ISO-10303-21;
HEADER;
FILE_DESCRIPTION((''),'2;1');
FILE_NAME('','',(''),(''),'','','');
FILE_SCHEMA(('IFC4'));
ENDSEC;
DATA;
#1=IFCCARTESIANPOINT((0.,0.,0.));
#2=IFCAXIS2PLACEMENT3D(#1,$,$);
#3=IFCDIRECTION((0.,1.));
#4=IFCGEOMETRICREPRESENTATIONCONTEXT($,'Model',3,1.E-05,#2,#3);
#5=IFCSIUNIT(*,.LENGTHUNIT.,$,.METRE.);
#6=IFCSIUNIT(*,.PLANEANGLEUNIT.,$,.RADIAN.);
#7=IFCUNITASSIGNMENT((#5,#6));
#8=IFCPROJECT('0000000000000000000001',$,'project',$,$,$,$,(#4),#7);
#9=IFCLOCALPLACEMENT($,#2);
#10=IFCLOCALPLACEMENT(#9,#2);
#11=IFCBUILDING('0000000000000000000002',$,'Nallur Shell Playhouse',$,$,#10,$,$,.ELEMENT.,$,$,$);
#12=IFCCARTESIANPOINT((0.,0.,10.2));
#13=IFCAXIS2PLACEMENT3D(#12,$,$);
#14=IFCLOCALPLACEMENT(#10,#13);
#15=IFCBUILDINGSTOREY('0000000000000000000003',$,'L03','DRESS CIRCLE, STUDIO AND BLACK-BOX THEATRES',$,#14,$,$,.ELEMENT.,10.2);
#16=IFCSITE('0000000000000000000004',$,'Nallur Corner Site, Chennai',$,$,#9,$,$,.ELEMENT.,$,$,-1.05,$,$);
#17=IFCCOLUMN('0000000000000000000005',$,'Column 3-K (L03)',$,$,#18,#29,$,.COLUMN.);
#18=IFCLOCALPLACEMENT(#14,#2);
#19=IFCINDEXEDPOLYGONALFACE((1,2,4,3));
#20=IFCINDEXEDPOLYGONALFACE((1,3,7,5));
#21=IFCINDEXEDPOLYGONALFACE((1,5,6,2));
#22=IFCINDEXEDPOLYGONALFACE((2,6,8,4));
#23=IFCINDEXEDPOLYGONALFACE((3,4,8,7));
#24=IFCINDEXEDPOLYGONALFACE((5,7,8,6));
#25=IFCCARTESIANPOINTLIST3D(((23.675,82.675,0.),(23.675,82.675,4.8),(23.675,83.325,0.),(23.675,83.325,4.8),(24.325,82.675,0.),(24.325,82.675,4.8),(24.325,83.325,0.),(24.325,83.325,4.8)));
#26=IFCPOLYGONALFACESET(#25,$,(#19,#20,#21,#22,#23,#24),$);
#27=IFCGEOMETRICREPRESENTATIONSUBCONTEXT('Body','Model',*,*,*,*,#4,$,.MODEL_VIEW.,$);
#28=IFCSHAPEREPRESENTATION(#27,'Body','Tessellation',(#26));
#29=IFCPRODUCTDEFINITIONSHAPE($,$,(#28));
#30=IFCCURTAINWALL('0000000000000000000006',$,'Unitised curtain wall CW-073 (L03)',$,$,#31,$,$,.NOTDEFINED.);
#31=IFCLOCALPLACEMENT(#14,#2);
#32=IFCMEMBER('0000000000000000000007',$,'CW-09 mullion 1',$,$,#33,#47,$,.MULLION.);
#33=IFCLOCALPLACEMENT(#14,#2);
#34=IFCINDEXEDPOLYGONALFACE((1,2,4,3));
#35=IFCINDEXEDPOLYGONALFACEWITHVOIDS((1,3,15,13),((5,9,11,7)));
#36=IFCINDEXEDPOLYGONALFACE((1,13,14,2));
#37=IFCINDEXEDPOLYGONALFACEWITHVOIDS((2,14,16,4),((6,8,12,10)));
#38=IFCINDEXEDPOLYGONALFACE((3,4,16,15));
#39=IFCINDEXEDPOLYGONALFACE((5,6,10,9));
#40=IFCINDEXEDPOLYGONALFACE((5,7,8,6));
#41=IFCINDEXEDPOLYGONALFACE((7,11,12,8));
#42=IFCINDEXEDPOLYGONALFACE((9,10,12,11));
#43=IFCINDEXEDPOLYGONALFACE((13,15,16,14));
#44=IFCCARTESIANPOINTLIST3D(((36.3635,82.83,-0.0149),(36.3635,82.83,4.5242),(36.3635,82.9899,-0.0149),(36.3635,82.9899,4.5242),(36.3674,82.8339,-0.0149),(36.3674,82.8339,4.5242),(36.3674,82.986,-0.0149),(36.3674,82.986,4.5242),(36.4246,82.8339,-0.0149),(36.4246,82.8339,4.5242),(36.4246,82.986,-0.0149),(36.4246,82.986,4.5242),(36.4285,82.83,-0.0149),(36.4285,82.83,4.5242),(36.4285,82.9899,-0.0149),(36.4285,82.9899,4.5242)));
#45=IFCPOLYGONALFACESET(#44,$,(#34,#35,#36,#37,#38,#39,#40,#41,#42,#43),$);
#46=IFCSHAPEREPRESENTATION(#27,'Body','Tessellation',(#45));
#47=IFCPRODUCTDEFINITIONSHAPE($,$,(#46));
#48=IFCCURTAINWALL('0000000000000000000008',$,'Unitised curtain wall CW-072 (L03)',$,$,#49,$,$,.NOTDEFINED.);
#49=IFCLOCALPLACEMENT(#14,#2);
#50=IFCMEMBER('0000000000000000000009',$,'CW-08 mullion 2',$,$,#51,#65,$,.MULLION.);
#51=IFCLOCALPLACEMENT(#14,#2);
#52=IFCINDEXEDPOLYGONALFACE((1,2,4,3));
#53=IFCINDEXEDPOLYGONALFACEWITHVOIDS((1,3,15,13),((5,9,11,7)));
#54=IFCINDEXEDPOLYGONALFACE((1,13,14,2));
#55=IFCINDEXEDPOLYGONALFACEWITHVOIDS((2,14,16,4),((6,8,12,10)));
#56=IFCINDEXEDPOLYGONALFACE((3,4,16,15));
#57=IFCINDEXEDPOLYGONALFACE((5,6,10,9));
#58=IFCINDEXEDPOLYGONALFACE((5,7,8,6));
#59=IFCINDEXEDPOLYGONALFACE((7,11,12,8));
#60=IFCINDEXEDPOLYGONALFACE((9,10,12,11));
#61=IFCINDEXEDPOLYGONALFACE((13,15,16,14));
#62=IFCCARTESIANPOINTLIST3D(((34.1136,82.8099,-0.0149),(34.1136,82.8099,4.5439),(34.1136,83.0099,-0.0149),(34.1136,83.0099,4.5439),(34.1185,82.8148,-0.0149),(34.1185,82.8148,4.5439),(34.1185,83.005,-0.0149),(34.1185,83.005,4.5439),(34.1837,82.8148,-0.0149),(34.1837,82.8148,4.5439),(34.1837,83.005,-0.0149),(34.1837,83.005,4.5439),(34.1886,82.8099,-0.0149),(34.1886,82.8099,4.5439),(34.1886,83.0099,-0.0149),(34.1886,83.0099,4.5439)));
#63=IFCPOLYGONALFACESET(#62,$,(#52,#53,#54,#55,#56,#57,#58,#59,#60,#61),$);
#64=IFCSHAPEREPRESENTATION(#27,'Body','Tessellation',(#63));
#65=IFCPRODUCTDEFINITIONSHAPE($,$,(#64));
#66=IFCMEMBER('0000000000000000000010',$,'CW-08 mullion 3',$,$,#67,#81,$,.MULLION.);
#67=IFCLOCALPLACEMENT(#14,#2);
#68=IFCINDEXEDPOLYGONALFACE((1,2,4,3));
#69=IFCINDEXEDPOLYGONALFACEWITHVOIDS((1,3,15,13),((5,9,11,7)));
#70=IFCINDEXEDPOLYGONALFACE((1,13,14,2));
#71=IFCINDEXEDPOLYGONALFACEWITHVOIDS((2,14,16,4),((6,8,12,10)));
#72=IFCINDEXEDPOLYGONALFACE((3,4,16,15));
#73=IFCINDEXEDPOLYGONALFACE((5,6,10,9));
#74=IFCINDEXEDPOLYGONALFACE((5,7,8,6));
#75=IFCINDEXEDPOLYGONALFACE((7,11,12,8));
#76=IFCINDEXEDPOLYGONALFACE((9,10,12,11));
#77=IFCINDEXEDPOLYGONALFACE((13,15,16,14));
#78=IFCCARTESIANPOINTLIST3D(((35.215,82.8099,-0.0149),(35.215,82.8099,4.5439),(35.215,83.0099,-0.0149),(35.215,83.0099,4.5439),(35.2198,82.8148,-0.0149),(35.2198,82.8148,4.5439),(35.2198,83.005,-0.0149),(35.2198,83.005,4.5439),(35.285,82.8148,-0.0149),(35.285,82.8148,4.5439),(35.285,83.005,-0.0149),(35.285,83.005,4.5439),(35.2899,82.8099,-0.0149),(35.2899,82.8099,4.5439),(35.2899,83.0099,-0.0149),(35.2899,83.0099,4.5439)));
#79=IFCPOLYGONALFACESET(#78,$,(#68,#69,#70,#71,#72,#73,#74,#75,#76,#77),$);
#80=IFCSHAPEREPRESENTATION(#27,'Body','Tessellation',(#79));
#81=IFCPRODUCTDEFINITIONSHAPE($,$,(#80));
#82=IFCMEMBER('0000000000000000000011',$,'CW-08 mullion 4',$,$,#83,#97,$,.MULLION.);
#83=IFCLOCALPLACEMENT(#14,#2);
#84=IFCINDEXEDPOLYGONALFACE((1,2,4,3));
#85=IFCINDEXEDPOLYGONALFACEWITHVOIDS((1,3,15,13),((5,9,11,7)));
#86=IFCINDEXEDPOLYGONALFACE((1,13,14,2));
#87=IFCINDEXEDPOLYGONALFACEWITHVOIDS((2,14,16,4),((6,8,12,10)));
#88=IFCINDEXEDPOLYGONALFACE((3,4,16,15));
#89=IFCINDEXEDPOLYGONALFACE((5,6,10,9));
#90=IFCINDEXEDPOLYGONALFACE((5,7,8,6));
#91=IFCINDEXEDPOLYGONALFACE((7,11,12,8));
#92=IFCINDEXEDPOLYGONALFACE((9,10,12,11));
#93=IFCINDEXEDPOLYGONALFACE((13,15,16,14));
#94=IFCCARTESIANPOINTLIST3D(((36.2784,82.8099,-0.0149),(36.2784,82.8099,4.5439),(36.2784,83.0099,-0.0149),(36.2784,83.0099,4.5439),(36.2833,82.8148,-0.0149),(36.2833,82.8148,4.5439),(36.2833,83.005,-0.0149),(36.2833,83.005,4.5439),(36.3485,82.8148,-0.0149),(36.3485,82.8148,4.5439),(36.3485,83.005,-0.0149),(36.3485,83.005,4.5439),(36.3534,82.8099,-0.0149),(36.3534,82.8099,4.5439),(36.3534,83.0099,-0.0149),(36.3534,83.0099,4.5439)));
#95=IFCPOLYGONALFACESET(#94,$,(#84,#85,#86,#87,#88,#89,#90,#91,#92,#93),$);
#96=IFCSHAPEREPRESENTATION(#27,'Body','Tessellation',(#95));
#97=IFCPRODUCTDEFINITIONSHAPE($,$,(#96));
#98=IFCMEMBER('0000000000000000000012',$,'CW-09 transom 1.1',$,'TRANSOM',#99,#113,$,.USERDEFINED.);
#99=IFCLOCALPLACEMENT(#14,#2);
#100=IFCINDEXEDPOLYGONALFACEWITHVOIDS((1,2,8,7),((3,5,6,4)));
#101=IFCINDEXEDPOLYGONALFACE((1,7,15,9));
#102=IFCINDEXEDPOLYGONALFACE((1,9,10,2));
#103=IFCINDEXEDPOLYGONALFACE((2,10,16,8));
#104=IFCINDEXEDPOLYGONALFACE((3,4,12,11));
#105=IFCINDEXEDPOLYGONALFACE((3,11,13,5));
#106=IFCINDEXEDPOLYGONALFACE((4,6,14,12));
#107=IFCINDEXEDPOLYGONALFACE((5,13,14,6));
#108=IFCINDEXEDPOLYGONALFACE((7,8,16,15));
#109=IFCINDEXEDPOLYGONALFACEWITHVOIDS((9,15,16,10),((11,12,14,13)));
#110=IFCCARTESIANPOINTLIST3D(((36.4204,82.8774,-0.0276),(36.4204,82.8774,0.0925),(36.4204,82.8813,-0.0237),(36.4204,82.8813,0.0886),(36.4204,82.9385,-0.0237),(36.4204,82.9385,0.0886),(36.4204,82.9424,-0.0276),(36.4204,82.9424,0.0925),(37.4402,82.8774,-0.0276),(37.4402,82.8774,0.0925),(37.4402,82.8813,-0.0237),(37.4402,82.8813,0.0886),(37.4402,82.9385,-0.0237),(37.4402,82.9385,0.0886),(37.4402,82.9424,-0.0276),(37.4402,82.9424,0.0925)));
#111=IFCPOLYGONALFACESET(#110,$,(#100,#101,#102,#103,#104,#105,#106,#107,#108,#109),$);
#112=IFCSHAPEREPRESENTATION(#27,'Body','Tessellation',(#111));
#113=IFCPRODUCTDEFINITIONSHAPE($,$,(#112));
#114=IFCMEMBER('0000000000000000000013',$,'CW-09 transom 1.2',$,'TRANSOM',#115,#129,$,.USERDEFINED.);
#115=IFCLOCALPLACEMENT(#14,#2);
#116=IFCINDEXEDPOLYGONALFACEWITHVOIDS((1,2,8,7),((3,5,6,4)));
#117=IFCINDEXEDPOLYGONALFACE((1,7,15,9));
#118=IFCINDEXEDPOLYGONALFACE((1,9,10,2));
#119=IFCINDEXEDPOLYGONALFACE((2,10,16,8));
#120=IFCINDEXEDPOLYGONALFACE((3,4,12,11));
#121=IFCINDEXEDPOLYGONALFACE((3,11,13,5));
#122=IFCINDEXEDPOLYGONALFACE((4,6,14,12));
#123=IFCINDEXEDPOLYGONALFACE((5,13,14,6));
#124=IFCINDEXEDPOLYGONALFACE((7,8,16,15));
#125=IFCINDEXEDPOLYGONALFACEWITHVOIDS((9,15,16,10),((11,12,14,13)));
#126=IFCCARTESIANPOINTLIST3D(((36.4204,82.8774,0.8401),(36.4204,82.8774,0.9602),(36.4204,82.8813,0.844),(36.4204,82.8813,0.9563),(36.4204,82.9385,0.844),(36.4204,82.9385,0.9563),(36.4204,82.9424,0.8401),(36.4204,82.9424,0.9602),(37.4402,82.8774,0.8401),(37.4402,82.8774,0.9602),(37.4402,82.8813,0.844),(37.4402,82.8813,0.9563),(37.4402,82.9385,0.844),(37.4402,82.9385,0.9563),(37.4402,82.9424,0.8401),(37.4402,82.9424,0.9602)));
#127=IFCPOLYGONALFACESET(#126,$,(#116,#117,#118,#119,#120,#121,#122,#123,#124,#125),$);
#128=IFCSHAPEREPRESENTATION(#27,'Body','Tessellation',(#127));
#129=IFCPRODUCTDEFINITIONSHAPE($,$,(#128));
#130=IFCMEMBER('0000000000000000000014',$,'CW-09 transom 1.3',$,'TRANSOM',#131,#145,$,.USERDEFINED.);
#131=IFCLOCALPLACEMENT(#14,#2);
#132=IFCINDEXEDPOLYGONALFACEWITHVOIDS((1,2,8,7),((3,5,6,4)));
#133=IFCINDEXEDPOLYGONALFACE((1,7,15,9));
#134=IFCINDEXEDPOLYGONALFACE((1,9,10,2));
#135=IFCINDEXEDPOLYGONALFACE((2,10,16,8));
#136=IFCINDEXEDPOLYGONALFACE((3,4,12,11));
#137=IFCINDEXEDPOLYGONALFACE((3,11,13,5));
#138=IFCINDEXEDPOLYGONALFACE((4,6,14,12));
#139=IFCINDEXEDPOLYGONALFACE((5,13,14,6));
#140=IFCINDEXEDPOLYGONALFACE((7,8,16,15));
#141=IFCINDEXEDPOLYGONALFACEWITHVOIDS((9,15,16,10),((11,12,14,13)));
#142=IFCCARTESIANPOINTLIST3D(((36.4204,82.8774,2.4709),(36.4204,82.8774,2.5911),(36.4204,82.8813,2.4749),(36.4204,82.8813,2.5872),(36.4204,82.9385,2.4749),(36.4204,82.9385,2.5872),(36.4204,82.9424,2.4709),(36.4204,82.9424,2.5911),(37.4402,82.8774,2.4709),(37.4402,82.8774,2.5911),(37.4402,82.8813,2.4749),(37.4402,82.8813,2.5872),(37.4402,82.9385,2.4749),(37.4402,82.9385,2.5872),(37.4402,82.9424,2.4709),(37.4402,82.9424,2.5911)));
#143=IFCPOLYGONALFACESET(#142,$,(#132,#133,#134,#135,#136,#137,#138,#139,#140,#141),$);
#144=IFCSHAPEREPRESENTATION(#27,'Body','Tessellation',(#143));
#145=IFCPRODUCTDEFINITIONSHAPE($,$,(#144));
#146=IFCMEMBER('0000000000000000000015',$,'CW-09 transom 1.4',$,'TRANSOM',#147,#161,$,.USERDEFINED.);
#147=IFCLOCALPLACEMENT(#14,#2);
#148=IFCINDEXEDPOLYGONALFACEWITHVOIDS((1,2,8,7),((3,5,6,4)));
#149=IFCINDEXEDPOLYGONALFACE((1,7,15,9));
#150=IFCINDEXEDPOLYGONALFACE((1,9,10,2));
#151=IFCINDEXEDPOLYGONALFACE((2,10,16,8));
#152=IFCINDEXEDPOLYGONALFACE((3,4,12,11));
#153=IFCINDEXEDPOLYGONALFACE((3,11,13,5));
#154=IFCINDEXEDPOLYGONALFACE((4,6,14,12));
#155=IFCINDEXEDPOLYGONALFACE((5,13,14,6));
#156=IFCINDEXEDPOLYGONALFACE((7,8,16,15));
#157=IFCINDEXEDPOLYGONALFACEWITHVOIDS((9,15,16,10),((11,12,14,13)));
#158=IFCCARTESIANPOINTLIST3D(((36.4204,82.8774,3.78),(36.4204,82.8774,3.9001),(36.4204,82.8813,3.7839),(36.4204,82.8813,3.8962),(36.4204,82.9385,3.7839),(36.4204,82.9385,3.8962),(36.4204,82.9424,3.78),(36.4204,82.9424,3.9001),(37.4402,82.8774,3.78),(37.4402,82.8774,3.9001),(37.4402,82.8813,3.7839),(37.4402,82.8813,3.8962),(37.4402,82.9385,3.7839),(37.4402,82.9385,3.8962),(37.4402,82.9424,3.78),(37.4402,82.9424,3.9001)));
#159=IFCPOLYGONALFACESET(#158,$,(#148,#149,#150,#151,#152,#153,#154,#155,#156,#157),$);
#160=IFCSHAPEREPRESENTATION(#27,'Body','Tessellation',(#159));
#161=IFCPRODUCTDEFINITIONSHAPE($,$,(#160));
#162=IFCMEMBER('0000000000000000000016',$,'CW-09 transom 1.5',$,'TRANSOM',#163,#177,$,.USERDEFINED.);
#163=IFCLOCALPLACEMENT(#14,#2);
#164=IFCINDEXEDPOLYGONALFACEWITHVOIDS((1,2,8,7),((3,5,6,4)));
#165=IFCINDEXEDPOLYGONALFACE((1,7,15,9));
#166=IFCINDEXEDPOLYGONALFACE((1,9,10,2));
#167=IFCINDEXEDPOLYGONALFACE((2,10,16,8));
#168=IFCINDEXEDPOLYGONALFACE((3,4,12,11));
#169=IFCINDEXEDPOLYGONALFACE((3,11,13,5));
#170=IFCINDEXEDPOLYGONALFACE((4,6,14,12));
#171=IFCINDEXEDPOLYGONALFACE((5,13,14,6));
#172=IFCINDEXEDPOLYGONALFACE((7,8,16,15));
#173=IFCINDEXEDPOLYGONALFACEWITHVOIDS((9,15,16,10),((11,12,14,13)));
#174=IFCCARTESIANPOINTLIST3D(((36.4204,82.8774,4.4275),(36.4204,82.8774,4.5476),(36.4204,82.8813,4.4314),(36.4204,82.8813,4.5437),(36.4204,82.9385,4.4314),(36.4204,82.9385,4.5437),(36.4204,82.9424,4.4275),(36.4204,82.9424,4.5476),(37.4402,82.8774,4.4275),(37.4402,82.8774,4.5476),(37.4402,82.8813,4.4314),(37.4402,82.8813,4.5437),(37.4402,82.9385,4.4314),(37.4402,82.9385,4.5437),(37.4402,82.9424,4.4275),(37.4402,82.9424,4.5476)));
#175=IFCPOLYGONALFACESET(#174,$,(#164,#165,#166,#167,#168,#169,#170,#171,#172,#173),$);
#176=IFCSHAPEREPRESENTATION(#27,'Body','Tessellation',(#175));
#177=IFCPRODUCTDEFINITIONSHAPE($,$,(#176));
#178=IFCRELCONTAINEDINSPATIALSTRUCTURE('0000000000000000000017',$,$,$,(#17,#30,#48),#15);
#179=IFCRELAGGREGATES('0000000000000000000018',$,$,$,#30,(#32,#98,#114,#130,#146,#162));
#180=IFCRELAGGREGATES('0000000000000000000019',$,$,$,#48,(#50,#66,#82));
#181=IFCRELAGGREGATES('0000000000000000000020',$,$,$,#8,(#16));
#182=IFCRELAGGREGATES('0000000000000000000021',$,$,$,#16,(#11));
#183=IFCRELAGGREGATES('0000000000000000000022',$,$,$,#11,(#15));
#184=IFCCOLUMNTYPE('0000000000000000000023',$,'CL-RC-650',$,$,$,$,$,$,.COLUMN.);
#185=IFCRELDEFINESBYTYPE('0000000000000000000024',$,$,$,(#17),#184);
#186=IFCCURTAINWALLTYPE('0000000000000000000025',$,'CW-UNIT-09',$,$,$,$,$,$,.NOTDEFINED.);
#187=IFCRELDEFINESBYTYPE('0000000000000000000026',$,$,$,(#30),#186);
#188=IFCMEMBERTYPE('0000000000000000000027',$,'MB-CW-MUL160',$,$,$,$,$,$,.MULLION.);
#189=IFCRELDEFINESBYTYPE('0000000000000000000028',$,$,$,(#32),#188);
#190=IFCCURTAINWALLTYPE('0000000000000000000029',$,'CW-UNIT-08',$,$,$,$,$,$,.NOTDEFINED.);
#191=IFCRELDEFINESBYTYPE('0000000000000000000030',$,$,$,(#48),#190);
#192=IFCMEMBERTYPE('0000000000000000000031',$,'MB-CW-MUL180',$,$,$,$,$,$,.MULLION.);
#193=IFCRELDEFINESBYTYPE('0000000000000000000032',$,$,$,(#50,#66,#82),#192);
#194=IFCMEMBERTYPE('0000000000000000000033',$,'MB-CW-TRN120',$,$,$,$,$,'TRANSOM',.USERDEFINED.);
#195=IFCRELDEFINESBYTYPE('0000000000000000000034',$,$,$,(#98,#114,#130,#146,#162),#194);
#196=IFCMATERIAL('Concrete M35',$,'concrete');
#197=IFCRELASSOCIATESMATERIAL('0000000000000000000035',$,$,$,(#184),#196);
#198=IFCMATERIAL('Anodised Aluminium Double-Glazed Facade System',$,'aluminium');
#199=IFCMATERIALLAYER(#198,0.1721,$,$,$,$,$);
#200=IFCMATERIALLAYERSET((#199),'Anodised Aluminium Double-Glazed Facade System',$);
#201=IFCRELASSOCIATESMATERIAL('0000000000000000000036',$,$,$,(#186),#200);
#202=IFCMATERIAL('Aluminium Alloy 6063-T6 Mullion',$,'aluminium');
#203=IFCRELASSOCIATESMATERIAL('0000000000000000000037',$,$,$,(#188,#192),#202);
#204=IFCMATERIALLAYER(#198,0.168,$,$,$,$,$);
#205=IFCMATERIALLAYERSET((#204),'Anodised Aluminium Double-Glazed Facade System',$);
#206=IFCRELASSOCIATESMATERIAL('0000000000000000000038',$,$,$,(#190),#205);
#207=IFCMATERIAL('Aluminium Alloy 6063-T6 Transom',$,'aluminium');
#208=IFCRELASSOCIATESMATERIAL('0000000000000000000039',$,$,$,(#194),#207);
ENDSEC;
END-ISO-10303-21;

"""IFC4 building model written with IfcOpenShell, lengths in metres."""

from ifc_helpers import new_model, si_unit, direction, frame, origin, origin_2d, place, context, subcontext, project, spatial, rectangle, hollow_rectangle, extrude, material, layer, layer_set, material_profile, profile_set, type_object, element, aggregate, save


model = new_model("IFC4")

# Units and contexts
model_context = context("Model", 3, precision=1e-05, world=origin(), true_north=direction((0.0, 1.0)))
body_context = subcontext(model_context, "Body", "Model", "MODEL_VIEW")
ifc_project = project(units=[si_unit("LENGTHUNIT", "METRE"), si_unit("PLANEANGLEUNIT", "RADIAN")], contexts=[model_context])

# Site, building, storey
site_placement = place(None, origin())
site = spatial("IfcSite", under=ifc_project, at=site_placement, Name="Nallur Corner Site, Chennai", CompositionType="ELEMENT", RefElevation=-1.05)
building_placement = place(site_placement, origin())
building = spatial("IfcBuilding", under=site, at=building_placement, Name="Nallur Shell Playhouse", CompositionType="ELEMENT")
storey_placement = place(building_placement, frame((0.0, 0.0, 10.2)))
storey = spatial("IfcBuildingStorey", under=building, at=storey_placement, Name="L03", Description="DRESS CIRCLE, STUDIO AND BLACK-BOX THEATRES", CompositionType="ELEMENT", Elevation=10.2)

# Column
ifc_material_1 = material(Name="Concrete M35", Category="concrete")
ifc_material_profile_1 = material_profile(ifc_material_1, rectangle(XDim=0.6499, YDim=0.6499, at=origin_2d()), Name="RC 650x650")
ifc_profile_set_1 = profile_set([ifc_material_profile_1], Name="Concrete M35")
column_type = type_object("IfcColumnType", Name="CL-RC-650", PredefinedType="COLUMN", material=ifc_profile_set_1)
column_placement = place(storey_placement, frame((24.0, 83.0, 0.0), z_axis=(0.0, 0.0, 1.0), x_axis=(1.0, 0.0, 0.0)))
element("IfcColumn", 1, at=column_placement, inside=storey, type_object=column_type, Name="Column 3-K (L03)", PredefinedType="COLUMN", context=body_context, shape_type="SweptSolid", body=[
    extrude(rectangle(XDim=0.6499, YDim=0.6499, at=origin_2d()), origin(), (0.0, 0.0, 1.0), 4.8),
])

# Curtain wall, member
ifc_material_2 = material(Name="Anodised Aluminium Double-Glazed Facade System", Category="aluminium")
ifc_layer_1 = layer(ifc_material_2, 0.1721)
ifc_layer_set_1 = layer_set([ifc_layer_1], Name="Anodised Aluminium Double-Glazed Facade System")
curtain_wall_type_1 = type_object("IfcCurtainWallType", Name="CW-UNIT-09", PredefinedType="NOTDEFINED", material=ifc_layer_set_1)
curtain_wall_1_placement = place(storey_placement, origin())
curtain_wall_1 = element("IfcCurtainWall", 2, at=curtain_wall_1_placement, inside=storey, type_object=curtain_wall_type_1, Name="Unitised curtain wall CW-073 (L03)", PredefinedType="NOTDEFINED")
ifc_material_3 = material(Name="Aluminium Alloy 6063-T6 Mullion", Category="aluminium")
ifc_material_profile_2 = material_profile(ifc_material_3, hollow_rectangle(XDim=0.0649, YDim=0.1599, WallThickness=0.0039, at=origin_2d()), Name="ALU 65x160x4")
ifc_profile_set_2 = profile_set([ifc_material_profile_2], Name="Aluminium Alloy 6063-T6 Mullion")
member_type_1 = type_object("IfcMemberType", Name="MB-CW-MUL160", PredefinedType="MULLION", material=ifc_profile_set_2)
member_1_placement = place(storey_placement, frame((36.396, 82.9099, -0.0149), z_axis=(0.0, 0.0, 1.0), x_axis=(1.0, 0.0, 0.0)))
member_1 = element("IfcMember", 3, at=member_1_placement, type_object=member_type_1, Name="CW-09 mullion 1", PredefinedType="MULLION", context=body_context, shape_type="SweptSolid", body=[
    extrude(hollow_rectangle(XDim=0.0649, YDim=0.1599, WallThickness=0.0039, at=origin_2d()), origin(), (0.0, 0.0, 1.0), 4.5391),
])

# Curtain wall, members
ifc_layer_2 = layer(ifc_material_2, 0.168)
ifc_layer_set_2 = layer_set([ifc_layer_2], Name="Anodised Aluminium Double-Glazed Facade System")
curtain_wall_type_2 = type_object("IfcCurtainWallType", Name="CW-UNIT-08", PredefinedType="NOTDEFINED", material=ifc_layer_set_2)
curtain_wall_2_placement = place(storey_placement, origin())
curtain_wall_2 = element("IfcCurtainWall", 4, at=curtain_wall_2_placement, inside=storey, type_object=curtain_wall_type_2, Name="Unitised curtain wall CW-072 (L03)", PredefinedType="NOTDEFINED")
ifc_material_profile_3 = material_profile(ifc_material_3, hollow_rectangle(XDim=0.075, YDim=0.2, WallThickness=0.0049, at=origin_2d()), Name="ALU 75x200x5")
ifc_profile_set_3 = profile_set([ifc_material_profile_3], Name="Aluminium Alloy 6063-T6 Mullion")
member_type_2 = type_object("IfcMemberType", Name="MB-CW-MUL180", PredefinedType="MULLION", material=ifc_profile_set_3)
member_2_placement = place(storey_placement, frame((34.1511, 82.9099, -0.0149), z_axis=(0.0, 0.0, 1.0), x_axis=(1.0, 0.0, 0.0)))
member_2 = element("IfcMember", 5, at=member_2_placement, type_object=member_type_2, Name="CW-08 mullion 2", PredefinedType="MULLION", context=body_context, shape_type="SweptSolid", body=[
    extrude(hollow_rectangle(XDim=0.075, YDim=0.2, WallThickness=0.0049, at=origin_2d()), origin(), (0.0, 0.0, 1.0), 4.5588),
])
member_3_placement = place(storey_placement, frame((35.2524, 82.9099, -0.0149), z_axis=(0.0, 0.0, 1.0), x_axis=(1.0, 0.0, 0.0)))
member_3 = element("IfcMember", 6, at=member_3_placement, type_object=member_type_2, Name="CW-08 mullion 3", PredefinedType="MULLION", context=body_context, shape_type="SweptSolid", body=[
    extrude(hollow_rectangle(XDim=0.075, YDim=0.2, WallThickness=0.0049, at=origin_2d()), origin(), (0.0, 0.0, 1.0), 4.5588),
])
member_4_placement = place(storey_placement, frame((36.3159, 82.9099, -0.0149), z_axis=(0.0, 0.0, 1.0), x_axis=(1.0, 0.0, 0.0)))
member_4 = element("IfcMember", 7, at=member_4_placement, type_object=member_type_2, Name="CW-08 mullion 4", PredefinedType="MULLION", context=body_context, shape_type="SweptSolid", body=[
    extrude(hollow_rectangle(XDim=0.075, YDim=0.2, WallThickness=0.0049, at=origin_2d()), origin(), (0.0, 0.0, 1.0), 4.5588),
])

# Members
ifc_material_4 = material(Name="Aluminium Alloy 6063-T6 Transom", Category="aluminium")
ifc_material_profile_4 = material_profile(ifc_material_4, hollow_rectangle(XDim=0.0649, YDim=0.1201, WallThickness=0.0039, at=origin_2d()), Name="ALU 65x120x4")
ifc_profile_set_4 = profile_set([ifc_material_profile_4], Name="Aluminium Alloy 6063-T6 Transom")
member_type_3 = type_object("IfcMemberType", Name="MB-CW-TRN120", ElementType="TRANSOM", PredefinedType="USERDEFINED", material=ifc_profile_set_4)
member_5_placement = place(storey_placement, frame((36.4204, 82.9099, 0.0325), z_axis=(1.0, 0.0, 0.0), x_axis=(0.0, 1.0, 0.0)))
member_5 = element("IfcMember", 8, at=member_5_placement, type_object=member_type_3, Name="CW-09 transom 1.1", ObjectType="TRANSOM", PredefinedType="USERDEFINED", context=body_context, shape_type="SweptSolid", body=[
    extrude(hollow_rectangle(XDim=0.0649, YDim=0.1201, WallThickness=0.0039, at=origin_2d()), origin(), (0.0, 0.0, 1.0), 1.0198),
])
member_6_placement = place(storey_placement, frame((36.4204, 82.9099, 0.9001), z_axis=(1.0, 0.0, 0.0), x_axis=(0.0, 1.0, 0.0)))
member_6 = element("IfcMember", 9, at=member_6_placement, type_object=member_type_3, Name="CW-09 transom 1.2", ObjectType="TRANSOM", PredefinedType="USERDEFINED", context=body_context, shape_type="SweptSolid", body=[
    extrude(hollow_rectangle(XDim=0.0649, YDim=0.1201, WallThickness=0.0039, at=origin_2d()), origin(), (0.0, 0.0, 1.0), 1.0198),
])
member_7_placement = place(storey_placement, frame((36.4204, 82.9099, 2.531), z_axis=(1.0, 0.0, 0.0), x_axis=(0.0, 1.0, 0.0)))
member_7 = element("IfcMember", 10, at=member_7_placement, type_object=member_type_3, Name="CW-09 transom 1.3", ObjectType="TRANSOM", PredefinedType="USERDEFINED", context=body_context, shape_type="SweptSolid", body=[
    extrude(hollow_rectangle(XDim=0.0649, YDim=0.1201, WallThickness=0.0039, at=origin_2d()), origin(), (0.0, 0.0, 1.0), 1.0198),
])
member_8_placement = place(storey_placement, frame((36.4204, 82.9099, 3.8401), z_axis=(1.0, 0.0, 0.0), x_axis=(0.0, 1.0, 0.0)))
member_8 = element("IfcMember", 11, at=member_8_placement, type_object=member_type_3, Name="CW-09 transom 1.4", ObjectType="TRANSOM", PredefinedType="USERDEFINED", context=body_context, shape_type="SweptSolid", body=[
    extrude(hollow_rectangle(XDim=0.0649, YDim=0.1201, WallThickness=0.0039, at=origin_2d()), origin(), (0.0, 0.0, 1.0), 1.0198),
])
member_9_placement = place(storey_placement, frame((36.4204, 82.9099, 4.4875), z_axis=(1.0, 0.0, 0.0), x_axis=(0.0, 1.0, 0.0)))
member_9 = element("IfcMember", 12, at=member_9_placement, type_object=member_type_3, Name="CW-09 transom 1.5", ObjectType="TRANSOM", PredefinedType="USERDEFINED", context=body_context, shape_type="SweptSolid", body=[
    extrude(hollow_rectangle(XDim=0.0649, YDim=0.1201, WallThickness=0.0039, at=origin_2d()), origin(), (0.0, 0.0, 1.0), 1.0198),
])

aggregate(curtain_wall_1, [member_1, member_5, member_6, member_7, member_8, member_9])
aggregate(curtain_wall_2, [member_2, member_3, member_4])

save(model, "model.ifc")
